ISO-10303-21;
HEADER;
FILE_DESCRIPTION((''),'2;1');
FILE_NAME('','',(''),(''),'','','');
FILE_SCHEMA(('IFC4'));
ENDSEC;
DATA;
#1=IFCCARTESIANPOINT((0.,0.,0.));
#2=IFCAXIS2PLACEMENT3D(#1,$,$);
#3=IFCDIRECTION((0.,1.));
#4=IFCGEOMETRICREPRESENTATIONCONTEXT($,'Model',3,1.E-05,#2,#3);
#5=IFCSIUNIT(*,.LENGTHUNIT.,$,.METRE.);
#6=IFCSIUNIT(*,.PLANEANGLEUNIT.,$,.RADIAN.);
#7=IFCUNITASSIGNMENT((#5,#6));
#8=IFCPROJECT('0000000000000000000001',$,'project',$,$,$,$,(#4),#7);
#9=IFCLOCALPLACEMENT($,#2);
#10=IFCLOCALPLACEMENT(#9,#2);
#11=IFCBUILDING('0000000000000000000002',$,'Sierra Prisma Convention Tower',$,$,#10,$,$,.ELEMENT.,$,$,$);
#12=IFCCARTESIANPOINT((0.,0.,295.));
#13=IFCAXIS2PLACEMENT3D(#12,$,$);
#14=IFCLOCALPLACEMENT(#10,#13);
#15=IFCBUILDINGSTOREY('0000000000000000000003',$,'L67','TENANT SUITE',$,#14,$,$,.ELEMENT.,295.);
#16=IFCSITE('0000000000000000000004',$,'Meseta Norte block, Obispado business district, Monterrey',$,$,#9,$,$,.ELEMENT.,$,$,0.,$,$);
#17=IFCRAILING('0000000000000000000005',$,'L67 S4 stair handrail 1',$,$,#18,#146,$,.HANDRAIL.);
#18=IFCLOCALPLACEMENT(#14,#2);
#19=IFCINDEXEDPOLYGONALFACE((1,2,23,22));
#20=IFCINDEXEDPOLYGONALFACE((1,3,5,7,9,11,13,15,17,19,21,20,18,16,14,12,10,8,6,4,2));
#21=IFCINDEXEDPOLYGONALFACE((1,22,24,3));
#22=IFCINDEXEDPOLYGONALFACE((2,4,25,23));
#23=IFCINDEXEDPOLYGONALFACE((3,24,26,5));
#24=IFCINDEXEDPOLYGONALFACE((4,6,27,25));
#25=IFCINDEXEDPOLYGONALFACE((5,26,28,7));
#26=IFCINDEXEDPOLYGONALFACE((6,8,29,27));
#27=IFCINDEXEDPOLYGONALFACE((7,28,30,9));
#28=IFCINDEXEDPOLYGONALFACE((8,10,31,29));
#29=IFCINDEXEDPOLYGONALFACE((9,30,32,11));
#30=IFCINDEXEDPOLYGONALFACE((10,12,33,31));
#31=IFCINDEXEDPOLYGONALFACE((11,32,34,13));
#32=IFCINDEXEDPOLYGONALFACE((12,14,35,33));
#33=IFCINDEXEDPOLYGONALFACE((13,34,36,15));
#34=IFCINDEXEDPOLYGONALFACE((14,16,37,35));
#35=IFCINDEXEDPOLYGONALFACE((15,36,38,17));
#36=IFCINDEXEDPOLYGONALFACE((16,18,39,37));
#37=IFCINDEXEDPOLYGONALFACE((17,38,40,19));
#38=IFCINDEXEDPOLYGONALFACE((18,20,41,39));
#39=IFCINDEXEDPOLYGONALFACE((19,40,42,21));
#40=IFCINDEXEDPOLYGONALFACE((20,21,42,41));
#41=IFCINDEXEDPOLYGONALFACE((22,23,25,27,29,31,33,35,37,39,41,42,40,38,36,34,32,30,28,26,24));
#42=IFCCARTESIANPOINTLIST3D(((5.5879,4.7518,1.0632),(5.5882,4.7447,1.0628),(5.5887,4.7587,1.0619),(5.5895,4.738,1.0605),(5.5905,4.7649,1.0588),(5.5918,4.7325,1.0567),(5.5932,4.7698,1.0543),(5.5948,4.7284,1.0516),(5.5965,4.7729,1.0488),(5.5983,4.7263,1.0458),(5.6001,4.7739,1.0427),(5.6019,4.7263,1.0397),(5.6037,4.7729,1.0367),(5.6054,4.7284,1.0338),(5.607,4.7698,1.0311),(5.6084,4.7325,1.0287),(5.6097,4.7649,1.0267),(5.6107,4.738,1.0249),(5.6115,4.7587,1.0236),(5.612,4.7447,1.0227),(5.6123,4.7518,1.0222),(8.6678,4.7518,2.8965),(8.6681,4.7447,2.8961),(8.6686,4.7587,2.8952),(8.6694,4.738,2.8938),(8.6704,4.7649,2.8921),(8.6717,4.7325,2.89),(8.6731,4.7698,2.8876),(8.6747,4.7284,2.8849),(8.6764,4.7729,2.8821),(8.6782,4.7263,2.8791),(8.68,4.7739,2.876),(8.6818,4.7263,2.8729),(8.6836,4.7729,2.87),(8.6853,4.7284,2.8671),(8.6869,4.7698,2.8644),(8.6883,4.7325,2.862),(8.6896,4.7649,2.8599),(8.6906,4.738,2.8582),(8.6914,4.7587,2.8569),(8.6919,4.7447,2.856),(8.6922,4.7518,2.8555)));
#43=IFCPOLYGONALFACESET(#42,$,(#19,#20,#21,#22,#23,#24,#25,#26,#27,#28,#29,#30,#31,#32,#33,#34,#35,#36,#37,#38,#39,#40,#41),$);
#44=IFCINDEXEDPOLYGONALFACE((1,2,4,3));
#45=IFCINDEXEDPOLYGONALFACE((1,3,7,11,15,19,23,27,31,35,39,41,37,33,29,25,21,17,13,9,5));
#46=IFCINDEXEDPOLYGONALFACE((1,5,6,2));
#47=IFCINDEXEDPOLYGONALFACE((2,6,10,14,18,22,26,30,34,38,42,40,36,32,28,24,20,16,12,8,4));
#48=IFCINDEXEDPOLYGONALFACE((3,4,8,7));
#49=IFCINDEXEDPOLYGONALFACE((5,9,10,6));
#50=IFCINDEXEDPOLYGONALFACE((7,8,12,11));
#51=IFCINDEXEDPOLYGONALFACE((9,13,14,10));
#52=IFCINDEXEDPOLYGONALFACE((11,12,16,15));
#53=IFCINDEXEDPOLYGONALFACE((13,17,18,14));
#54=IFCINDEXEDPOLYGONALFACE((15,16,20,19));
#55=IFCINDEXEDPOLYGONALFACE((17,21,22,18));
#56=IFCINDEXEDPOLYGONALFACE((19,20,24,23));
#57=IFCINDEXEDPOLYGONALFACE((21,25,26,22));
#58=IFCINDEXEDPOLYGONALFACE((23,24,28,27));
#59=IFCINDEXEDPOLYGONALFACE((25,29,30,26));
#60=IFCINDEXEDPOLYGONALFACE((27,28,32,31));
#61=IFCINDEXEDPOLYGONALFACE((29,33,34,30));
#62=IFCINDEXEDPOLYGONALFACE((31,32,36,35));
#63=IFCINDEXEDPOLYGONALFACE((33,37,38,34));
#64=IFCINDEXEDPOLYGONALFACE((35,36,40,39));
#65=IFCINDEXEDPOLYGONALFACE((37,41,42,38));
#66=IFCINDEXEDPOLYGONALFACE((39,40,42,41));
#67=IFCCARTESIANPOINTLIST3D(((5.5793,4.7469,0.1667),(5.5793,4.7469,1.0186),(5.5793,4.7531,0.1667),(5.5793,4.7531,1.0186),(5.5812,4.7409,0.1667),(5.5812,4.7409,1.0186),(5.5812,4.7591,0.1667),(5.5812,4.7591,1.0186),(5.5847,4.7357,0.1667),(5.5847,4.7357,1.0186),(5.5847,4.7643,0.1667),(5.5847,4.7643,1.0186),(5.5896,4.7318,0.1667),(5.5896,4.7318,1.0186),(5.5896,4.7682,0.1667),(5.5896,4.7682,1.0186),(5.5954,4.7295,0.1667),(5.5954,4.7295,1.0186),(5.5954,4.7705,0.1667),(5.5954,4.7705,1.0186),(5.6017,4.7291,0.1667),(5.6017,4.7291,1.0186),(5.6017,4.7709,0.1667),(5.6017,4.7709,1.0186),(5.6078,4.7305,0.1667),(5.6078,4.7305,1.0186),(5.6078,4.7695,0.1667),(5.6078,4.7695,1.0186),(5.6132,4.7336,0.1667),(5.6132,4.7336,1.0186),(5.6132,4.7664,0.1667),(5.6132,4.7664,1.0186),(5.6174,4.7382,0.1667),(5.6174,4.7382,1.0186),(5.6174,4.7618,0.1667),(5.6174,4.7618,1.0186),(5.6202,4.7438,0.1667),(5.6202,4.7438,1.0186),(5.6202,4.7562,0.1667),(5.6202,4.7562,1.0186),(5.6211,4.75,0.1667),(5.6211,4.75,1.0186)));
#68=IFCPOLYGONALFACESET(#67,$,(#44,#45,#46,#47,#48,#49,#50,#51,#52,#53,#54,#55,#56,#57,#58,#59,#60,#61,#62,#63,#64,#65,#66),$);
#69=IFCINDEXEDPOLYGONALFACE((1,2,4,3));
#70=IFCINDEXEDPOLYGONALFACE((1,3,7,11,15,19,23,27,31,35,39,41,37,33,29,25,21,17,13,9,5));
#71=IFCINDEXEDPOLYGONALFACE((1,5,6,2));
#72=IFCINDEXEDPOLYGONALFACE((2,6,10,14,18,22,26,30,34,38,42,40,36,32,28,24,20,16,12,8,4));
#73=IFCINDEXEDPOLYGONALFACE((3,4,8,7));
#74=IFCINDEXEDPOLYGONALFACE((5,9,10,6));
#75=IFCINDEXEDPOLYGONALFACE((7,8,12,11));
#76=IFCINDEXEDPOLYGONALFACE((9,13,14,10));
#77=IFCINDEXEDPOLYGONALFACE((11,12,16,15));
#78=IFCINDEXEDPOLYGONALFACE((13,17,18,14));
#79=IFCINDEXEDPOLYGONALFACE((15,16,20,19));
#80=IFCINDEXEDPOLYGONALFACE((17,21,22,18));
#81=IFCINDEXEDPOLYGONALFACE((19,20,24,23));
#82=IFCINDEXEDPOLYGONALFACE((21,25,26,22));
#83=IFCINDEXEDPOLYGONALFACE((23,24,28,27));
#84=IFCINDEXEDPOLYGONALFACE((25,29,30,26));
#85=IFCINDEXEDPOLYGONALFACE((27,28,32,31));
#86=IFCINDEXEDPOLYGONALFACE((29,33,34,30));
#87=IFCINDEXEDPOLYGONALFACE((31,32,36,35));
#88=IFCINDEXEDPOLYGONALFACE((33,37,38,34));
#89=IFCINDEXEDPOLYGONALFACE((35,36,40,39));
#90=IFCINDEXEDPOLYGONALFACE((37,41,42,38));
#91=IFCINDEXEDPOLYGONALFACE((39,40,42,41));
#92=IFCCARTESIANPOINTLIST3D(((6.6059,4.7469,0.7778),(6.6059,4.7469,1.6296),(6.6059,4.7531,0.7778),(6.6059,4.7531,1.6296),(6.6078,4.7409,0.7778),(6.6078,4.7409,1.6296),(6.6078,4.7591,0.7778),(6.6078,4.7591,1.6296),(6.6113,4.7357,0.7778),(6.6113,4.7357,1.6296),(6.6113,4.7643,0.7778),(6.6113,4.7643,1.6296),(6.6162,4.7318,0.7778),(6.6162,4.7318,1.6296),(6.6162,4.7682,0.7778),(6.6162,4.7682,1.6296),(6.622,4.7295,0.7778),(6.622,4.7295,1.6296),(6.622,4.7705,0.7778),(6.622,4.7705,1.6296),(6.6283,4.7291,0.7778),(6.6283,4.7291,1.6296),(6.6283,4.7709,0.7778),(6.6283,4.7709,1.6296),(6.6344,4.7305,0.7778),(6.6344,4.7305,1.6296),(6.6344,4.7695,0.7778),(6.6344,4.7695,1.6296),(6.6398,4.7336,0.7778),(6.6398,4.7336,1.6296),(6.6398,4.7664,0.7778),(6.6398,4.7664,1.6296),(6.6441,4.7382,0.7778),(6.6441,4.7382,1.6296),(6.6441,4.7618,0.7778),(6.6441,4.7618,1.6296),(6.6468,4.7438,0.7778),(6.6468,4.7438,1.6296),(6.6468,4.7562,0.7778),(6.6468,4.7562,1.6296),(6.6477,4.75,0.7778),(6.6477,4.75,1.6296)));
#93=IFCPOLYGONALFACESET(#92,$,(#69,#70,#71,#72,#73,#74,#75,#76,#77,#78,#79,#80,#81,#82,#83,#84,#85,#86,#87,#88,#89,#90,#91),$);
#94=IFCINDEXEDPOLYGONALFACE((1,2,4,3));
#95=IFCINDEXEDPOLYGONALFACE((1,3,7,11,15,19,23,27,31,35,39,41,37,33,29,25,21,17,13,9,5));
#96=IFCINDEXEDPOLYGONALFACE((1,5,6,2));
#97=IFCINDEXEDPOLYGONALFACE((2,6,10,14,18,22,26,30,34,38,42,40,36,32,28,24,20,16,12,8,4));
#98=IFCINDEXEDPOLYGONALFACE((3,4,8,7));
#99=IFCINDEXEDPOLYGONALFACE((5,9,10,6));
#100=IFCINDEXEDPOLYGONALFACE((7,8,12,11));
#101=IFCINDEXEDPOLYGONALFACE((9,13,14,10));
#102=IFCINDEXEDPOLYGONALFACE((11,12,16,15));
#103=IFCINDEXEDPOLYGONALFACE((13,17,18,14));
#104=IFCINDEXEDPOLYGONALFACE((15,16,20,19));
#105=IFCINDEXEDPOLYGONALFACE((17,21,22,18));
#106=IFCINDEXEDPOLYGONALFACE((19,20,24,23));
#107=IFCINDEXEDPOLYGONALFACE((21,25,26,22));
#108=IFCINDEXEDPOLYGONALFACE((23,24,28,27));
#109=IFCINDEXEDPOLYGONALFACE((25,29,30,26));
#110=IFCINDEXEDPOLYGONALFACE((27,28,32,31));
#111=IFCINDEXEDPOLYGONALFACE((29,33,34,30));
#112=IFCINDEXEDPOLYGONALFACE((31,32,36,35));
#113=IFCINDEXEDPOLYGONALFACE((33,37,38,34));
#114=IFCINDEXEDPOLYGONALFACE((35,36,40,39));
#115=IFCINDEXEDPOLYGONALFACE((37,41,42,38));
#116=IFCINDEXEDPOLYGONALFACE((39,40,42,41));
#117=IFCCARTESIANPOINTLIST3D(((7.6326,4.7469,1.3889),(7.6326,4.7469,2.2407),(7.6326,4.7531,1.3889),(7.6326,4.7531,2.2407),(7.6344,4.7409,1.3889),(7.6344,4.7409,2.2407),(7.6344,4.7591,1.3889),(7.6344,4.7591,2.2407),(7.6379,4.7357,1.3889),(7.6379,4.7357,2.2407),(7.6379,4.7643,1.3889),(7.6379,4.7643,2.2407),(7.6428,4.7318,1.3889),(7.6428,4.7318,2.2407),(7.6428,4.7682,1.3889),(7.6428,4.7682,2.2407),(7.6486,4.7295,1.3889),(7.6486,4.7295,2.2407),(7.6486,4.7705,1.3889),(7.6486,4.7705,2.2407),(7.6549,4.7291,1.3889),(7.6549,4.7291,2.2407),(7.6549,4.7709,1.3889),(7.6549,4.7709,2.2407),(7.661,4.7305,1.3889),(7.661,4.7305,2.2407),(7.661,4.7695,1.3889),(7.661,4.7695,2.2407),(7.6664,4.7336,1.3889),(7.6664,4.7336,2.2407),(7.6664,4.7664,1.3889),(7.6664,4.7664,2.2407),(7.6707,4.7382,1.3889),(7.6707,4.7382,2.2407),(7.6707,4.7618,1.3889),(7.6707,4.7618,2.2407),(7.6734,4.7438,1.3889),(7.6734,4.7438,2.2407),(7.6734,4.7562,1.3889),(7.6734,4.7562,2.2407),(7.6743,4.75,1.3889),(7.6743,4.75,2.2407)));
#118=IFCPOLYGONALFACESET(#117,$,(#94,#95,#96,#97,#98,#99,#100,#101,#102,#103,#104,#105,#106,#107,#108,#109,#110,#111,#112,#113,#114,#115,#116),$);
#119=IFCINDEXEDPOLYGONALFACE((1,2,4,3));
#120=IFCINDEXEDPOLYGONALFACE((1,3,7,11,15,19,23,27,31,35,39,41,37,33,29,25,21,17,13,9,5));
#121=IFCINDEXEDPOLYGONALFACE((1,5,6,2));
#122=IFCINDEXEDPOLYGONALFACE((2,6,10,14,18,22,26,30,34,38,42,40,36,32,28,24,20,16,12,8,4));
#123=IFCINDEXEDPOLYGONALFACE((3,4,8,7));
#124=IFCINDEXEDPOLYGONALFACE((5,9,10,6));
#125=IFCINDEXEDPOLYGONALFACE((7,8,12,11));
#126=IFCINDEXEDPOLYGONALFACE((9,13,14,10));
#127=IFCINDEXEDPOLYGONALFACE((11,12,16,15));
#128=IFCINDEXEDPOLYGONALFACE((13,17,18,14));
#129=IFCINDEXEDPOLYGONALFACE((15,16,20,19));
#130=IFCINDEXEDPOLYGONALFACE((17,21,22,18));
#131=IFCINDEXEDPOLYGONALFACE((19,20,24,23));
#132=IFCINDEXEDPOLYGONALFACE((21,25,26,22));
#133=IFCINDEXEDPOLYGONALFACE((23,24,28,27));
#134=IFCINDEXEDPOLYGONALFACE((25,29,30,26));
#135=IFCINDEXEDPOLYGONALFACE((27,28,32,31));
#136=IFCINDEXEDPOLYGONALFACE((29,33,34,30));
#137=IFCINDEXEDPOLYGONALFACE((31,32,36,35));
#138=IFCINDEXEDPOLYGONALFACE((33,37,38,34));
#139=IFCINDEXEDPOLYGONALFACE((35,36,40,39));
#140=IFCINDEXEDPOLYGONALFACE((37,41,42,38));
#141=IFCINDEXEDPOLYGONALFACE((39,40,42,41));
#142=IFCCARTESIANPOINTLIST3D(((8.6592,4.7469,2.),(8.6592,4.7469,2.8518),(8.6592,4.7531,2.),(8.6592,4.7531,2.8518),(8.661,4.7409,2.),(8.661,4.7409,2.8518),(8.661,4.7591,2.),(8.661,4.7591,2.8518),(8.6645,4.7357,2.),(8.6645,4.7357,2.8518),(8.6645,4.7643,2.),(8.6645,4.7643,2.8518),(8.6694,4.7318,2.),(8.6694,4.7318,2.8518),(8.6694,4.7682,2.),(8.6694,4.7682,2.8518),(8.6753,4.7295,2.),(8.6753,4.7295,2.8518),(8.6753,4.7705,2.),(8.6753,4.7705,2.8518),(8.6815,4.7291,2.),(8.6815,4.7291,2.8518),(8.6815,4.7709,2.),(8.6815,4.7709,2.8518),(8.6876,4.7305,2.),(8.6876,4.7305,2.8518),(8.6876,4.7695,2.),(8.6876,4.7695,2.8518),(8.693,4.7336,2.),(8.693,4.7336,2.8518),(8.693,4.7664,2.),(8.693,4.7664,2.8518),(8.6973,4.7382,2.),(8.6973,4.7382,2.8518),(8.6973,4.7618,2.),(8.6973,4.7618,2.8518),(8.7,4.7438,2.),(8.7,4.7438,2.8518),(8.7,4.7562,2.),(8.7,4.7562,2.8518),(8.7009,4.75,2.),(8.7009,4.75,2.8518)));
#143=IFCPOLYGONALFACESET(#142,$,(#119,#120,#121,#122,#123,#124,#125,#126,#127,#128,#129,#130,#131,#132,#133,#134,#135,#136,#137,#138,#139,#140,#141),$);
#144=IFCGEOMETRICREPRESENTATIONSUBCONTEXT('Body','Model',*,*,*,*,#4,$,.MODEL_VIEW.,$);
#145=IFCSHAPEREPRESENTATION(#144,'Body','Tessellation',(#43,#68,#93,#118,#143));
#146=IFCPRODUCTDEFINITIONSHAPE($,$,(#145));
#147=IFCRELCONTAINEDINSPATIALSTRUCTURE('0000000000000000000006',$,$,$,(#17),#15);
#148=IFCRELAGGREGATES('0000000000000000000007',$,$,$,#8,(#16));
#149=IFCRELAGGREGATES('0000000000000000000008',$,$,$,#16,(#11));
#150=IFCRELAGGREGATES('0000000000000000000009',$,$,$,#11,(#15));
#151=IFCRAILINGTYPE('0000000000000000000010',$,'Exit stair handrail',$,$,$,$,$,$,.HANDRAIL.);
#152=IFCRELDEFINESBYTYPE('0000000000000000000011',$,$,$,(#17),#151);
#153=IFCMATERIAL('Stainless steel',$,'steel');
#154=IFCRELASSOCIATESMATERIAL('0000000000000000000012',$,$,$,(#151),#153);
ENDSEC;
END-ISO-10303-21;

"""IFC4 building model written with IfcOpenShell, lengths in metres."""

from ifc_helpers import new_model, si_unit, direction, frame, origin, origin_2d, place, context, subcontext, project, spatial, circle, extrude, material, type_object, element, save


model = new_model("IFC4")

# Units and contexts
model_context = context("Model", 3, precision=1e-05, world=origin(), true_north=direction((0.0, 1.0)))
body_context = subcontext(model_context, "Body", "Model", "MODEL_VIEW")
ifc_project = project(units=[si_unit("LENGTHUNIT", "METRE"), si_unit("PLANEANGLEUNIT", "RADIAN")], contexts=[model_context])

# Site, building, storey
site_placement = place(None, origin())
site = spatial("IfcSite", under=ifc_project, at=site_placement, Name="Meseta Norte block, Obispado business district, Monterrey", CompositionType="ELEMENT", RefElevation=0.0)
building_placement = place(site_placement, origin())
building = spatial("IfcBuilding", under=site, at=building_placement, Name="Sierra Prisma Convention Tower", CompositionType="ELEMENT")
storey_placement = place(building_placement, frame((0.0, 0.0, 295.0)))
storey = spatial("IfcBuildingStorey", under=building, at=storey_placement, Name="L67", Description="TENANT SUITE", CompositionType="ELEMENT", Elevation=295.0)

# Railing
ifc_material_1 = material(Name="Stainless steel", Category="steel")
railing_type_1 = type_object("IfcRailingType", Name="Exit stair handrail", PredefinedType="HANDRAIL", material=ifc_material_1)
railing_1_placement = place(storey_placement, frame((5.6001, 4.75, 0.1667)))
element("IfcRailing", 1, at=railing_1_placement, inside=storey, type_object=railing_type_1, Name="L67 S4 stair handrail 1", PredefinedType="HANDRAIL", context=body_context, shape_type="SweptSolid", body=[
    extrude(circle(Radius=0.0239, at=origin_2d()), frame((0.0, 0.0, 0.876), z_axis=(0.859291, 0.0, 0.511487), x_axis=(0.0, 1.0, 0.0)), (0.0, 0.0, 1.0), 3.5842),
    extrude(circle(Radius=0.021, at=origin_2d()), origin(), (0.0, 0.0, 1.0), 0.8518),
    extrude(circle(Radius=0.021, at=origin_2d()), frame((1.0266, 0.0, 0.6111)), (0.0, 0.0, 1.0), 0.8518),
    extrude(circle(Radius=0.021, at=origin_2d()), frame((2.0532, 0.0, 1.2222)), (0.0, 0.0, 1.0), 0.8518),
    extrude(circle(Radius=0.021, at=origin_2d()), frame((3.0798, 0.0, 1.8333)), (0.0, 0.0, 1.0), 0.8518),
])

save(model, "model.ifc")
